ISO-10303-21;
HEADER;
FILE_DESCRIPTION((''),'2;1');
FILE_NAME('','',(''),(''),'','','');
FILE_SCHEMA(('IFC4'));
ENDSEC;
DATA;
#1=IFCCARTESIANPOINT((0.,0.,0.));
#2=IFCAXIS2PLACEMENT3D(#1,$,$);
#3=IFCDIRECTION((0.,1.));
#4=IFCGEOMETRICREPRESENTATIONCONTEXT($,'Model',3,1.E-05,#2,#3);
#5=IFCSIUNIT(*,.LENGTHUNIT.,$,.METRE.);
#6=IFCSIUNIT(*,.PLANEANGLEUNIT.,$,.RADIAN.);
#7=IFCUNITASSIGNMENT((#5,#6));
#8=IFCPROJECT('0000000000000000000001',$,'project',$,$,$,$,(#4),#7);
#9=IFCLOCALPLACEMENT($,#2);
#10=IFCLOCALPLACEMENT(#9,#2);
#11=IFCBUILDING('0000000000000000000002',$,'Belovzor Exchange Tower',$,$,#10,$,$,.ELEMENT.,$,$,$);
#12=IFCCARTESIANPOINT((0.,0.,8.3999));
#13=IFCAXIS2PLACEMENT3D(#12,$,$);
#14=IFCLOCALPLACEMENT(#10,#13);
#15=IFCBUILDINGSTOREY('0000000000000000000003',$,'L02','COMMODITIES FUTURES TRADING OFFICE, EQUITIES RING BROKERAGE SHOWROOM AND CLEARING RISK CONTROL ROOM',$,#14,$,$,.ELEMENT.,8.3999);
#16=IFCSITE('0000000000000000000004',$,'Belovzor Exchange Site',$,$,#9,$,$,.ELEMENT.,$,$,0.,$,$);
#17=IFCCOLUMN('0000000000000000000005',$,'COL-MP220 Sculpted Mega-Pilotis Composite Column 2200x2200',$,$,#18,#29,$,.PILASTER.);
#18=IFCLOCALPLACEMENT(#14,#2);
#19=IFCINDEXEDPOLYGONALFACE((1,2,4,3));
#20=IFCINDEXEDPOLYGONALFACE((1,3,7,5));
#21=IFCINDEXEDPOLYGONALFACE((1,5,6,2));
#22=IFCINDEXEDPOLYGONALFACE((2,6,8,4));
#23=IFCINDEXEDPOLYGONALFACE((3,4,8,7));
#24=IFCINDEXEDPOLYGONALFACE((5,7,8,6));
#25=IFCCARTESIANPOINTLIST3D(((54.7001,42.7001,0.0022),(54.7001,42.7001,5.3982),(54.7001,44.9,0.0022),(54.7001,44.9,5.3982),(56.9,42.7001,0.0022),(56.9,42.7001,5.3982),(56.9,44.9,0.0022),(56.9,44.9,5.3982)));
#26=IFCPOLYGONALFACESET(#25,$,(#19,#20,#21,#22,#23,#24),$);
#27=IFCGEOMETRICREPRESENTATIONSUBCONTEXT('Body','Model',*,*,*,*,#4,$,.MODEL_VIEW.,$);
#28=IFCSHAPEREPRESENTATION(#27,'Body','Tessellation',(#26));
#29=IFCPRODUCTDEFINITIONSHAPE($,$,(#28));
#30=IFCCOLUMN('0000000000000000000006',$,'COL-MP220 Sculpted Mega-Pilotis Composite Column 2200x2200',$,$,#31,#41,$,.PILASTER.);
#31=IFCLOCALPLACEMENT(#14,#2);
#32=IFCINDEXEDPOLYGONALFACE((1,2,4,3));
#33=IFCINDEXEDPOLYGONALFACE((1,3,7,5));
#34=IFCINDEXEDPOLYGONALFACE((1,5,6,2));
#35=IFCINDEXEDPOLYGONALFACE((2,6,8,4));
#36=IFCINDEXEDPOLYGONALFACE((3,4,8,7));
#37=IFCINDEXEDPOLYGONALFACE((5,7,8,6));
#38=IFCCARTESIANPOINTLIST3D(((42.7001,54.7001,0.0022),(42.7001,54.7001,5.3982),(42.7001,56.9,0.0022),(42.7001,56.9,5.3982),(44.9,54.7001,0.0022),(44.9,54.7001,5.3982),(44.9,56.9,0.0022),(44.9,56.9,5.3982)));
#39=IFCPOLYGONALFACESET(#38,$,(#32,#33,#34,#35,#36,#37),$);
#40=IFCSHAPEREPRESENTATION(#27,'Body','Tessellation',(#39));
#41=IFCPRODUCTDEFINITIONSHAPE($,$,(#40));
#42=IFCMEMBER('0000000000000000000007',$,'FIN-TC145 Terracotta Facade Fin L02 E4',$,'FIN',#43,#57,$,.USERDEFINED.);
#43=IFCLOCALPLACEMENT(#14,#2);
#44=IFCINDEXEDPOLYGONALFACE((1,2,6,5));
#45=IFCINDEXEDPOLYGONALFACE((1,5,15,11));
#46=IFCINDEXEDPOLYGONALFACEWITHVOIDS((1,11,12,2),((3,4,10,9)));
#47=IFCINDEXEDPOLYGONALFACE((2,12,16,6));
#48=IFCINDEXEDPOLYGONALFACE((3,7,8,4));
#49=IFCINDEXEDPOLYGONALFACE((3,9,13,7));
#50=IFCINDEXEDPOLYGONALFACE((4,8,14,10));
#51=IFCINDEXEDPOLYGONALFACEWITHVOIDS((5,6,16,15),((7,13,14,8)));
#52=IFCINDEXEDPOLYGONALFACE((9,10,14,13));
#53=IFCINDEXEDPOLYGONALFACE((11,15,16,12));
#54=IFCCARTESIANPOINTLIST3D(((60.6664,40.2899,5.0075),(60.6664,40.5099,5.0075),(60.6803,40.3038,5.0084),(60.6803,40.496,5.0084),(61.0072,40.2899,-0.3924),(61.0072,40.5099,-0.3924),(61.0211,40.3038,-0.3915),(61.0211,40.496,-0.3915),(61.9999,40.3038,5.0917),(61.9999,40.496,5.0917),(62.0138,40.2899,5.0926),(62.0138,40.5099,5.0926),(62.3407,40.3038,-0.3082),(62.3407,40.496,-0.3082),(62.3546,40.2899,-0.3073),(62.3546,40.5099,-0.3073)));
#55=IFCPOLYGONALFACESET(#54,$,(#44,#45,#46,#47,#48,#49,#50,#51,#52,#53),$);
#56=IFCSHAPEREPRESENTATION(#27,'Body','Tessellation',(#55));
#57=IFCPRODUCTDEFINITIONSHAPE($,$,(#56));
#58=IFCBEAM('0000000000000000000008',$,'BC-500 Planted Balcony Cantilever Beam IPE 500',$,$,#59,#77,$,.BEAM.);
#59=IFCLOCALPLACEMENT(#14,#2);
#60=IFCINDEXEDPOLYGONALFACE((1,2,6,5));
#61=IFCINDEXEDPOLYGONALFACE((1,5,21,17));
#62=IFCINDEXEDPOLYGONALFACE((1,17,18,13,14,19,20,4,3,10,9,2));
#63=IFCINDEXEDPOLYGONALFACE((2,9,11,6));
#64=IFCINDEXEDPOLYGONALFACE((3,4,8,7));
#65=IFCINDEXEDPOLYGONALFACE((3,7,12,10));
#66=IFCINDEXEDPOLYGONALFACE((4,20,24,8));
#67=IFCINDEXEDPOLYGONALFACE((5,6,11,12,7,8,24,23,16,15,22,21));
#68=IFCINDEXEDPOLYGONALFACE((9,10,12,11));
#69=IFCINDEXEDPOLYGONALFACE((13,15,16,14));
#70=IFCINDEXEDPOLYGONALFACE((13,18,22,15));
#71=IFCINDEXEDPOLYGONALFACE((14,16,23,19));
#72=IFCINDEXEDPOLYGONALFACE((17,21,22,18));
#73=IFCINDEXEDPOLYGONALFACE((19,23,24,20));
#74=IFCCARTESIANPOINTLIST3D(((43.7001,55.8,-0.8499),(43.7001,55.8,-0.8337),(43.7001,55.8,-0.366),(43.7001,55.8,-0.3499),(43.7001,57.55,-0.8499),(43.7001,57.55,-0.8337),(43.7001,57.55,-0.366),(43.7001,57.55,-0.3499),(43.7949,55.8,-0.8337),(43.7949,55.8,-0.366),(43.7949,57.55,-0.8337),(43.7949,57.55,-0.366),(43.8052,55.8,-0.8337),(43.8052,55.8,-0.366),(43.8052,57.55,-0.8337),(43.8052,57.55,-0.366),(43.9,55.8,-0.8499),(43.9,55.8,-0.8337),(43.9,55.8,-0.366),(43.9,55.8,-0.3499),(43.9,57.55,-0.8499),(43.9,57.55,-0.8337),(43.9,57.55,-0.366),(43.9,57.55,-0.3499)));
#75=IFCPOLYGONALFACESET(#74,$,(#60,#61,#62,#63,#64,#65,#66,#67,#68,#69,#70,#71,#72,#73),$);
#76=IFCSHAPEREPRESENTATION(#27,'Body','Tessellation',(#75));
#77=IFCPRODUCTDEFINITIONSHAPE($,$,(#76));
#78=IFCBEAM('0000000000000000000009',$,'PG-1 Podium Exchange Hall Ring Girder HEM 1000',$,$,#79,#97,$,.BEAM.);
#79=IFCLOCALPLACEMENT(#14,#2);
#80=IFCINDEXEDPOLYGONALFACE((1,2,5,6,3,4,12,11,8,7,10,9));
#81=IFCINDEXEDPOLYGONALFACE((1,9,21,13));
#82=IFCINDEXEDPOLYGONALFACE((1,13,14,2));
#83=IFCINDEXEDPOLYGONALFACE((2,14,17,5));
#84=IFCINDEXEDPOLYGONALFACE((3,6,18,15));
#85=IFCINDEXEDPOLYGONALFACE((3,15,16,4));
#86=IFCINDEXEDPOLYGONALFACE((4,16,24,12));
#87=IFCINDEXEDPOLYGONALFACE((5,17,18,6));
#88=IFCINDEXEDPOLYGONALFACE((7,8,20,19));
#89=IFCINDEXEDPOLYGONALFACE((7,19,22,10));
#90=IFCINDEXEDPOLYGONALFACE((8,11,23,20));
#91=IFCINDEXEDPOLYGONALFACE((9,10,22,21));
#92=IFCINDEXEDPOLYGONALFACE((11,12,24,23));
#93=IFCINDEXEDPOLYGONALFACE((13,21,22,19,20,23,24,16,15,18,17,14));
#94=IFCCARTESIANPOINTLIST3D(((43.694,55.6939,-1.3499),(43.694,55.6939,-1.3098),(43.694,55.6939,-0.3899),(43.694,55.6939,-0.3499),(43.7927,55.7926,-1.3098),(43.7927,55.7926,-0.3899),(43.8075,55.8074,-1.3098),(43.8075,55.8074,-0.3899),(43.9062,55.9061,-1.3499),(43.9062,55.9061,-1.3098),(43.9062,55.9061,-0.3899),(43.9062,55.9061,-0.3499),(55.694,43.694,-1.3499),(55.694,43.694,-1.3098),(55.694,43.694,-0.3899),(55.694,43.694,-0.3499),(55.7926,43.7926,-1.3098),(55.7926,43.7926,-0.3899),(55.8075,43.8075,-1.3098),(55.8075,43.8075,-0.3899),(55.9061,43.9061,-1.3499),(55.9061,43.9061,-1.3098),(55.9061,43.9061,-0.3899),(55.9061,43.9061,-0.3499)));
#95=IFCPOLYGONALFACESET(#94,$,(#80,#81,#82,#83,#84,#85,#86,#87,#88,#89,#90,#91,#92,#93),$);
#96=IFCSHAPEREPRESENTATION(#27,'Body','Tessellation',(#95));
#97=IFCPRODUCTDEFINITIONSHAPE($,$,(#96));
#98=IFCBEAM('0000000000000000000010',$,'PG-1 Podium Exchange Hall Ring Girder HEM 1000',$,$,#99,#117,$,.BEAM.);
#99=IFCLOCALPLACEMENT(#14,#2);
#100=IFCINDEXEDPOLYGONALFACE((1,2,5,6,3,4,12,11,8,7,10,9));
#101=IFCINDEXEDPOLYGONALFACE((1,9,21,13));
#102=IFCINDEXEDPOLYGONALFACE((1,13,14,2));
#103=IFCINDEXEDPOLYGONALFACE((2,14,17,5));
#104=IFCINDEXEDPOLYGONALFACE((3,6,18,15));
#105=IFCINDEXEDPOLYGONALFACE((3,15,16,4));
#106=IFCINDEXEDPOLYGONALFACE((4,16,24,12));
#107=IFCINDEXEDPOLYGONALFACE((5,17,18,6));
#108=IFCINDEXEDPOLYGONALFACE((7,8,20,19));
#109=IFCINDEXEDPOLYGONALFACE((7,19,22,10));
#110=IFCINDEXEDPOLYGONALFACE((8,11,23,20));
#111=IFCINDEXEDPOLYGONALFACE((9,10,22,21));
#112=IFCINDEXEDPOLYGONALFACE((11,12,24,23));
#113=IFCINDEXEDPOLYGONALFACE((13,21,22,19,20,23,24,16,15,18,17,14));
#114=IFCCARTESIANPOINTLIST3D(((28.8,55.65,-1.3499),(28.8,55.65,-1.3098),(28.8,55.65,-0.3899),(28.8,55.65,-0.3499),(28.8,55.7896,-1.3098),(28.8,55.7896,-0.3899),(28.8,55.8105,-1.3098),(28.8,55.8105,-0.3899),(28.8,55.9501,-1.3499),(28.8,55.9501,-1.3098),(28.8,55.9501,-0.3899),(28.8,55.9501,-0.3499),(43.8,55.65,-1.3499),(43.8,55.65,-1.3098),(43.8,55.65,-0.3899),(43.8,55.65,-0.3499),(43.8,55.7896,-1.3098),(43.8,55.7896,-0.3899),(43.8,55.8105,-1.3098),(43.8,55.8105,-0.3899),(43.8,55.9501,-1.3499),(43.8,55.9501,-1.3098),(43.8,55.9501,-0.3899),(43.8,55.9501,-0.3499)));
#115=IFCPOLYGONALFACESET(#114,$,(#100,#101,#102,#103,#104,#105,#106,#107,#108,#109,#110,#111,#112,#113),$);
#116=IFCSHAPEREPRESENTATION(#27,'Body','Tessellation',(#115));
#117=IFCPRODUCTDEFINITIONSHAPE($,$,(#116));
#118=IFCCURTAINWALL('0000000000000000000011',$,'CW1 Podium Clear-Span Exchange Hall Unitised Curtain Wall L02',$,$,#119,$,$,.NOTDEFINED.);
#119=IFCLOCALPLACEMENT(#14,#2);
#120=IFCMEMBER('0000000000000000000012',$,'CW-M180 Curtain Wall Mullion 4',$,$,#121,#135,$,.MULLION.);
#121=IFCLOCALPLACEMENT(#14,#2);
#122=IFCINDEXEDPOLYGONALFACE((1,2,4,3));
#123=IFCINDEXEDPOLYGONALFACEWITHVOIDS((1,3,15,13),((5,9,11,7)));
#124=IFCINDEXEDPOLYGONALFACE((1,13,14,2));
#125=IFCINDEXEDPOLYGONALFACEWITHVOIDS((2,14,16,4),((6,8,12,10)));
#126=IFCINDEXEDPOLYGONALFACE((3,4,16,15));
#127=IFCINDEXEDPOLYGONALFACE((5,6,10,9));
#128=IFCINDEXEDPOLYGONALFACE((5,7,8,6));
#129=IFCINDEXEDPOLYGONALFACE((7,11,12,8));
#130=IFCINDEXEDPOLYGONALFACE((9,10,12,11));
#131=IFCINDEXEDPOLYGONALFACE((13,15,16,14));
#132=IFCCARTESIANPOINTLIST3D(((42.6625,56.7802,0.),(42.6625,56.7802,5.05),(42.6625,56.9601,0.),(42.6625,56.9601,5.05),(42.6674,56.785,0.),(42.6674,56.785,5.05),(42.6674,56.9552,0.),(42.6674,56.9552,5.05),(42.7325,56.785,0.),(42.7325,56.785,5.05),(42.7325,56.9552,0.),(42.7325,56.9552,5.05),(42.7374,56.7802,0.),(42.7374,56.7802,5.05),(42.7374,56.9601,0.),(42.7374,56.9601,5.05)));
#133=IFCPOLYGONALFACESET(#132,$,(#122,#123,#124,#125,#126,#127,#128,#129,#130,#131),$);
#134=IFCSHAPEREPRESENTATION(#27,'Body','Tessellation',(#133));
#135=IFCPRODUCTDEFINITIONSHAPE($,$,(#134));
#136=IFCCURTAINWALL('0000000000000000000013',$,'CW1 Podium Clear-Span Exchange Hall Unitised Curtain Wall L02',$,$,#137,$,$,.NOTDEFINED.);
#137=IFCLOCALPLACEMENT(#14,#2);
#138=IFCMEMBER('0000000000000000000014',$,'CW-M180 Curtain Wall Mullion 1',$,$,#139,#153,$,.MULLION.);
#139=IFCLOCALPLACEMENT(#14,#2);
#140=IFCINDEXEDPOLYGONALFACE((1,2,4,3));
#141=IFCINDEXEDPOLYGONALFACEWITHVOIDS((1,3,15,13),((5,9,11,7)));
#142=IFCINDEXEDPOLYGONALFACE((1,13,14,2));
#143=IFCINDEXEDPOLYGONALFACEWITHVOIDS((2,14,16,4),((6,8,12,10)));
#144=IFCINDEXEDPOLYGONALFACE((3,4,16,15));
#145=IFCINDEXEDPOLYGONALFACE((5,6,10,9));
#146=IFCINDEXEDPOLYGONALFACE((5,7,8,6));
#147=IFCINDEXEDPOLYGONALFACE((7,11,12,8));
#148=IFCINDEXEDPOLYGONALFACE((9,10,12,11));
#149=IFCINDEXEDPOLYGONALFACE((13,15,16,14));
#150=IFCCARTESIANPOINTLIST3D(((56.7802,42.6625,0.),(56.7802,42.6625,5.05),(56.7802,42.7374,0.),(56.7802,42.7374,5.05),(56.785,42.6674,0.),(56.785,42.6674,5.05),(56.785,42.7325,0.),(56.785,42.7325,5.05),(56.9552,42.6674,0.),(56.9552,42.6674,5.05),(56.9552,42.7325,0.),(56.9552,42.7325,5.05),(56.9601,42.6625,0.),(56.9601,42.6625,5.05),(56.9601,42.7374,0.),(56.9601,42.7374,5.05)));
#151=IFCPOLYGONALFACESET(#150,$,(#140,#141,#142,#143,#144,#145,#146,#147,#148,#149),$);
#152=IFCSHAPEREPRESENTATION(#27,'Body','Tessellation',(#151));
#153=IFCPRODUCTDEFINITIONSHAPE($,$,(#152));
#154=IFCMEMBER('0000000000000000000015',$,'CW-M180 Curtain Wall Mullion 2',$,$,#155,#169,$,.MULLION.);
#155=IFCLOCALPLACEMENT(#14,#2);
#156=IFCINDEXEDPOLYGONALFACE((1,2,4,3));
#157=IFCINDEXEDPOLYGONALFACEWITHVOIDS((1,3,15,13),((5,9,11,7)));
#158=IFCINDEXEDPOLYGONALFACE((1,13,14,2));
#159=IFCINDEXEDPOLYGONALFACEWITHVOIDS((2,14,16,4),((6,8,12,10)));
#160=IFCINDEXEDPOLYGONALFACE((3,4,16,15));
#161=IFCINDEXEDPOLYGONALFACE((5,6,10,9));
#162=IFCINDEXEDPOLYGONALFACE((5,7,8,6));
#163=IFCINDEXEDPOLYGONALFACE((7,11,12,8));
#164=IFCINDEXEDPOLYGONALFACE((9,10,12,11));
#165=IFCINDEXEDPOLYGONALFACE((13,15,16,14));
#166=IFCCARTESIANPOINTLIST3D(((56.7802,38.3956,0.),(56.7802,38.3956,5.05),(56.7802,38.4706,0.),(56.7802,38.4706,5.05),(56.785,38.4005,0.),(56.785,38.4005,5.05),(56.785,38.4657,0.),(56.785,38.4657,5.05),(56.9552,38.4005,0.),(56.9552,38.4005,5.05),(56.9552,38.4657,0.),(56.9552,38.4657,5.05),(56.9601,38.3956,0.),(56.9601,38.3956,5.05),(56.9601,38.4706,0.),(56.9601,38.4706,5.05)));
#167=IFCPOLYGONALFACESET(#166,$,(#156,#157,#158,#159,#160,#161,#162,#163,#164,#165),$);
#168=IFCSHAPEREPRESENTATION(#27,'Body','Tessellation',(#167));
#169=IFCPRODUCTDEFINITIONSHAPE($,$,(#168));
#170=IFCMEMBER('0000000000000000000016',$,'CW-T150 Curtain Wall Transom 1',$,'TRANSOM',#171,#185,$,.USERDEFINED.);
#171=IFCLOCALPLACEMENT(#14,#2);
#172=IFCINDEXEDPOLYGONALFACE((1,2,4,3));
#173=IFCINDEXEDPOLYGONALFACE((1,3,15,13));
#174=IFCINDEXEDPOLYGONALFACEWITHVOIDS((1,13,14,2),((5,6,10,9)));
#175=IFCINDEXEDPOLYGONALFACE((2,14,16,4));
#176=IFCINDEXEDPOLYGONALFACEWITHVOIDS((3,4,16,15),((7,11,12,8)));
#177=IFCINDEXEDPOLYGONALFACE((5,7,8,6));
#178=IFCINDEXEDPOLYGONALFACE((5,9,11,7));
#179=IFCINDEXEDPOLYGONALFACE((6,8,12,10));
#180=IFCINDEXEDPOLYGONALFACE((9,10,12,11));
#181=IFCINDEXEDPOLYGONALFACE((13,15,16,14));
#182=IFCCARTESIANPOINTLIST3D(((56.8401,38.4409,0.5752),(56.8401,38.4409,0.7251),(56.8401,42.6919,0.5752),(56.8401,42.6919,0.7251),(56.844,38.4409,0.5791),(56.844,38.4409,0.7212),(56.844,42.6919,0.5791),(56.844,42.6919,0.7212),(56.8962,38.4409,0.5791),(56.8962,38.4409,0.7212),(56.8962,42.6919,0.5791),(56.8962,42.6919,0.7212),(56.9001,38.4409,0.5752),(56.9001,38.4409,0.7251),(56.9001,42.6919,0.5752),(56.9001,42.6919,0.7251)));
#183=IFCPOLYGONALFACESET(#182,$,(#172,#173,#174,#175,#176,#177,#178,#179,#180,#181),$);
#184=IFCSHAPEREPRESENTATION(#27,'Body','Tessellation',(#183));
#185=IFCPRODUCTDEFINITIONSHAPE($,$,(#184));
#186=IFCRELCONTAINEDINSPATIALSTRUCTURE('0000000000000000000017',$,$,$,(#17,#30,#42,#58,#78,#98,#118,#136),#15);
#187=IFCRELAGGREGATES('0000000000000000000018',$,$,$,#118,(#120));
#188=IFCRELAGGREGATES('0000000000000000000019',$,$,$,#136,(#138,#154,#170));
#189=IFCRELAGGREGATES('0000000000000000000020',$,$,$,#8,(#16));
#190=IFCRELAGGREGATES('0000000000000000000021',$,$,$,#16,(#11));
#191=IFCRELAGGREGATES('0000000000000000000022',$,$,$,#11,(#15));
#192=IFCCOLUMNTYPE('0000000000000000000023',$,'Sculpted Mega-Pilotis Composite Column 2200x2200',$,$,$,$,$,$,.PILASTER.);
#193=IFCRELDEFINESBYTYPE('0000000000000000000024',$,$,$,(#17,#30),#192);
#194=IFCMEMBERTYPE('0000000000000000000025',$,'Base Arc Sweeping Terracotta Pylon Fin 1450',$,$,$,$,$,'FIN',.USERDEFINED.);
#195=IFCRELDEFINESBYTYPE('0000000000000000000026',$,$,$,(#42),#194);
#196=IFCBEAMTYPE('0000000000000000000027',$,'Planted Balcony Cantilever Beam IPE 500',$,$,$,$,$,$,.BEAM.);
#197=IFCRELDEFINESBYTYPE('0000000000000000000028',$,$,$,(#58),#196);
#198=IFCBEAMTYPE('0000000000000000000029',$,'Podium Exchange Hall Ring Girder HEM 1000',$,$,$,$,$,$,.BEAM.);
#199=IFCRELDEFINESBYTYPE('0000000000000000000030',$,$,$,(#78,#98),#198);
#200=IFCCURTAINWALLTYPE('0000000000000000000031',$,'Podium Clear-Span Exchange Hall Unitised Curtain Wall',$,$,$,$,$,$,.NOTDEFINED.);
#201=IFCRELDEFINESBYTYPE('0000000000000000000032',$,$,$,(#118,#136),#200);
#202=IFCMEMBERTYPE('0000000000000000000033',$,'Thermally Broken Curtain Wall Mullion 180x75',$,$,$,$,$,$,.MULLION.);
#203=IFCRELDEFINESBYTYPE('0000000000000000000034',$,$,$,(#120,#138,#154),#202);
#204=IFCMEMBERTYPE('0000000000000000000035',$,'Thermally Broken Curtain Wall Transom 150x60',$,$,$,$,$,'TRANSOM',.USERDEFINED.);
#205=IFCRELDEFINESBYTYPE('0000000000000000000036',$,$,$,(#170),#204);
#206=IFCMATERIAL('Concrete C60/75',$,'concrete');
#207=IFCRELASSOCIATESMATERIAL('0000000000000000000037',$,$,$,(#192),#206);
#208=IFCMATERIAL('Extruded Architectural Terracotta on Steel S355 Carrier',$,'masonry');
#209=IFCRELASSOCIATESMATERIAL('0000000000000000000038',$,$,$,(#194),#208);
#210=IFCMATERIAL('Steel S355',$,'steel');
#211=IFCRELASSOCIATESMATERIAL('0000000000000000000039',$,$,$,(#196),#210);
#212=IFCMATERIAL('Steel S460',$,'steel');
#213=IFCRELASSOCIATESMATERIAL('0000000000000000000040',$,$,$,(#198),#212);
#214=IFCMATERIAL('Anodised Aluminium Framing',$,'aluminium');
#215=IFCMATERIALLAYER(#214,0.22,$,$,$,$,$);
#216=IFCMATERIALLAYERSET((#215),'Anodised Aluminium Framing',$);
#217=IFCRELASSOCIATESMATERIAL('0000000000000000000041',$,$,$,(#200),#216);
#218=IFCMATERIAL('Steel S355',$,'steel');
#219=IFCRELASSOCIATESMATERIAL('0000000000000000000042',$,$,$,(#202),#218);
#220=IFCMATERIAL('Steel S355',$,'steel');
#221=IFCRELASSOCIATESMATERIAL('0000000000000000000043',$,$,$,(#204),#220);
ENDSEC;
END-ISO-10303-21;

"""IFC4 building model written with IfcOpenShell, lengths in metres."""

from ifc_helpers import new_model, si_unit, direction, frame, origin, origin_2d, place, context, subcontext, project, spatial, rectangle, hollow_rectangle, i_section, extrude, material, layer, layer_set, material_profile, profile_set, type_object, element, aggregate, save


model = new_model("IFC4")

# Units and contexts
model_context = context("Model", 3, precision=1e-05, world=origin(), true_north=direction((0.0, 1.0)))
body_context = subcontext(model_context, "Body", "Model", "MODEL_VIEW")
ifc_project = project(units=[si_unit("LENGTHUNIT", "METRE"), si_unit("PLANEANGLEUNIT", "RADIAN")], contexts=[model_context])

# Site, building, storey
site_placement = place(None, origin())
site = spatial("IfcSite", under=ifc_project, at=site_placement, Name="Belovzor Exchange Site", CompositionType="ELEMENT", RefElevation=0.0)
building_placement = place(site_placement, origin())
building = spatial("IfcBuilding", under=site, at=building_placement, Name="Belovzor Exchange Tower", CompositionType="ELEMENT")
storey_placement = place(building_placement, frame((0.0, 0.0, 8.3999)))
storey = spatial("IfcBuildingStorey", under=building, at=storey_placement, Name="L02", Description="COMMODITIES FUTURES TRADING OFFICE, EQUITIES RING BROKERAGE SHOWROOM AND CLEARING RISK CONTROL ROOM", CompositionType="ELEMENT", Elevation=8.3999)

# Columns
ifc_material_1 = material(Name="Concrete C60/75", Category="concrete")
ifc_material_profile_1 = material_profile(ifc_material_1, rectangle(XDim=2.2, YDim=2.2, at=origin_2d()))
ifc_profile_set_1 = profile_set([ifc_material_profile_1], Name="Concrete C60/75")
column_type = type_object("IfcColumnType", Name="Sculpted Mega-Pilotis Composite Column 2200x2200", PredefinedType="PILASTER", material=ifc_profile_set_1)
for number, where, z_axis, x_axis, name in (
    (1, (55.8, 43.8, 0.0022), (0.0, 0.0, 1.0), (1.0, 0.0, 0.0), "COL-MP220 Sculpted Mega-Pilotis Composite Column 2200x2200"),
    (2, (43.8, 55.8, 0.0022), (0.0, 0.0, 1.0), (1.0, 0.0, 0.0), "COL-MP220 Sculpted Mega-Pilotis Composite Column 2200x2200"),
):
    element("IfcColumn", number, at=place(storey_placement, frame(where, z_axis=z_axis, x_axis=x_axis)), inside=storey, type_object=column_type, Name=name, PredefinedType="PILASTER", context=body_context, shape_type="SweptSolid", body=[
        extrude(rectangle(XDim=2.2, YDim=2.2, at=origin_2d()), origin(), (0.0, 0.0, 1.0), 5.396),
    ])

# Member
ifc_material_2 = material(Name="Extruded Architectural Terracotta on Steel S355 Carrier", Category="masonry")
ifc_material_profile_2 = material_profile(ifc_material_2, hollow_rectangle(XDim=0.22, YDim=1.3501, WallThickness=0.0139, at=origin_2d()))
ifc_profile_set_2 = profile_set([ifc_material_profile_2], Name="Extruded Architectural Terracotta on Steel S355 Carrier")
member_type_1 = type_object("IfcMemberType", Name="Base Arc Sweeping Terracotta Pylon Fin 1450", ElementType="FIN", PredefinedType="USERDEFINED", material=ifc_profile_set_2)
member_1_placement = place(storey_placement, frame((61.6809, 40.3999, -0.3499), z_axis=(-0.062991, 0.0, 0.998014), x_axis=(0.0, -1.0, 0.0)))
element("IfcMember", 3, at=member_1_placement, inside=storey, type_object=member_type_1, Name="FIN-TC145 Terracotta Facade Fin L02 E4", ObjectType="FIN", PredefinedType="USERDEFINED", context=body_context, shape_type="SweptSolid", body=[
    extrude(hollow_rectangle(XDim=0.22, YDim=1.3501, WallThickness=0.0139, at=origin_2d()), origin(), (0.0, 0.0, 1.0), 5.4106),
])

# Beams
ifc_material_3 = material(Name="Steel S355", Category="steel")
ifc_material_profile_3 = material_profile(ifc_material_3, i_section(OverallWidth=0.2, OverallDepth=0.5, WebThickness=0.0103, FlangeThickness=0.0161, at=origin_2d()))
ifc_profile_set_3 = profile_set([ifc_material_profile_3], Name="Steel S355")
beam_type_1 = type_object("IfcBeamType", Name="Planted Balcony Cantilever Beam IPE 500", PredefinedType="BEAM", material=ifc_profile_set_3)
beam_1_placement = place(storey_placement, frame((43.8, 55.8, -0.5999), z_axis=(0.0, 1.0, 0.0), x_axis=(-1.0, 0.0, 0.0)))
element("IfcBeam", 4, at=beam_1_placement, inside=storey, type_object=beam_type_1, Name="BC-500 Planted Balcony Cantilever Beam IPE 500", PredefinedType="BEAM", context=body_context, shape_type="SweptSolid", body=[
    extrude(i_section(OverallWidth=0.2, OverallDepth=0.5, WebThickness=0.0103, FlangeThickness=0.0161, at=origin_2d()), origin(), (0.0, 0.0, 1.0), 1.75),
])
ifc_material_4 = material(Name="Steel S460", Category="steel")
ifc_material_profile_4 = material_profile(ifc_material_4, i_section(OverallWidth=0.3, OverallDepth=1.0, WebThickness=0.021, FlangeThickness=0.04, at=origin_2d()))
ifc_profile_set_4 = profile_set([ifc_material_profile_4], Name="Steel S460")
beam_type_2 = type_object("IfcBeamType", Name="Podium Exchange Hall Ring Girder HEM 1000", PredefinedType="BEAM", material=ifc_profile_set_4)
beam_2_placement = place(storey_placement, frame((55.8, 43.8, -0.8499), z_axis=(-0.707107, 0.707107, 0.0), x_axis=(-0.707107, -0.707107, 0.0)))
element("IfcBeam", 5, at=beam_2_placement, inside=storey, type_object=beam_type_2, Name="PG-1 Podium Exchange Hall Ring Girder HEM 1000", PredefinedType="BEAM", context=body_context, shape_type="SweptSolid", body=[
    extrude(i_section(OverallWidth=0.3, OverallDepth=1.0, WebThickness=0.021, FlangeThickness=0.04, at=origin_2d()), origin(), (0.0, 0.0, 1.0), 16.9705),
])
beam_3_placement = place(storey_placement, frame((43.8, 55.8, -0.8499), z_axis=(-1.0, 0.0, 0.0), x_axis=(0.0, -1.0, 0.0)))
element("IfcBeam", 6, at=beam_3_placement, inside=storey, type_object=beam_type_2, Name="PG-1 Podium Exchange Hall Ring Girder HEM 1000", PredefinedType="BEAM", context=body_context, shape_type="SweptSolid", body=[
    extrude(i_section(OverallWidth=0.3, OverallDepth=1.0, WebThickness=0.021, FlangeThickness=0.04, at=origin_2d()), origin(), (0.0, 0.0, 1.0), 15.0),
])

# Curtain wall, member
ifc_material_5 = material(Name="Anodised Aluminium Framing", Category="aluminium")
ifc_layer_1 = layer(ifc_material_5, 0.22)
ifc_layer_set_1 = layer_set([ifc_layer_1], Name="Anodised Aluminium Framing")
curtain_wall_type = type_object("IfcCurtainWallType", Name="Podium Clear-Span Exchange Hall Unitised Curtain Wall", PredefinedType="NOTDEFINED", material=ifc_layer_set_1)
curtain_wall_1_placement = place(storey_placement, origin())
curtain_wall_1 = element("IfcCurtainWall", 7, at=curtain_wall_1_placement, inside=storey, type_object=curtain_wall_type, Name="CW1 Podium Clear-Span Exchange Hall Unitised Curtain Wall L02", PredefinedType="NOTDEFINED")
ifc_material_6 = material(Name="Steel S355", Category="steel")
ifc_material_profile_5 = material_profile(ifc_material_6, hollow_rectangle(XDim=0.075, YDim=0.1799, WallThickness=0.0049, at=origin_2d()))
ifc_profile_set_5 = profile_set([ifc_material_profile_5], Name="Steel S355")
member_type_2 = type_object("IfcMemberType", Name="Thermally Broken Curtain Wall Mullion 180x75", PredefinedType="MULLION", material=ifc_profile_set_5)
member_2_placement = place(storey_placement, frame((42.7, 56.8701, 0.0), z_axis=(0.0, 0.0, 1.0), x_axis=(1.0, 0.0, 0.0)))
member_2 = element("IfcMember", 8, at=member_2_placement, type_object=member_type_2, Name="CW-M180 Curtain Wall Mullion 4", PredefinedType="MULLION", context=body_context, shape_type="SweptSolid", body=[
    extrude(hollow_rectangle(XDim=0.075, YDim=0.1799, WallThickness=0.0049, at=origin_2d()), origin(), (0.0, 0.0, 1.0), 5.05),
])

# Curtain wall, members
curtain_wall_2_placement = place(storey_placement, origin())
curtain_wall_2 = element("IfcCurtainWall", 9, at=curtain_wall_2_placement, inside=storey, type_object=curtain_wall_type, Name="CW1 Podium Clear-Span Exchange Hall Unitised Curtain Wall L02", PredefinedType="NOTDEFINED")
member_3_placement = place(storey_placement, frame((56.8701, 42.7, 0.0), z_axis=(0.0, 0.0, 1.0), x_axis=(0.0, -1.0, 0.0)))
member_3 = element("IfcMember", 10, at=member_3_placement, type_object=member_type_2, Name="CW-M180 Curtain Wall Mullion 1", PredefinedType="MULLION", context=body_context, shape_type="SweptSolid", body=[
    extrude(hollow_rectangle(XDim=0.075, YDim=0.1799, WallThickness=0.0049, at=origin_2d()), origin(), (0.0, 0.0, 1.0), 5.05),
])
member_4_placement = place(storey_placement, frame((56.8701, 38.4331, 0.0), z_axis=(0.0, 0.0, 1.0), x_axis=(0.0, -1.0, 0.0)))
member_4 = element("IfcMember", 11, at=member_4_placement, type_object=member_type_2, Name="CW-M180 Curtain Wall Mullion 2", PredefinedType="MULLION", context=body_context, shape_type="SweptSolid", body=[
    extrude(hollow_rectangle(XDim=0.075, YDim=0.1799, WallThickness=0.0049, at=origin_2d()), origin(), (0.0, 0.0, 1.0), 5.05),
])
ifc_material_7 = material(Name="Steel S355", Category="steel")
ifc_material_profile_6 = material_profile(ifc_material_7, hollow_rectangle(XDim=0.0601, YDim=0.1499, WallThickness=0.0039, at=origin_2d()))
ifc_profile_set_6 = profile_set([ifc_material_profile_6], Name="Steel S355")
member_type_3 = type_object("IfcMemberType", Name="Thermally Broken Curtain Wall Transom 150x60", ElementType="TRANSOM", PredefinedType="USERDEFINED", material=ifc_profile_set_6)
member_5_placement = place(storey_placement, frame((56.8701, 42.6919, 0.6501), z_axis=(0.0, -1.0, 0.0), x_axis=(1.0, 0.0, 0.0)))
member_5 = element("IfcMember", 12, at=member_5_placement, type_object=member_type_3, Name="CW-T150 Curtain Wall Transom 1", ObjectType="TRANSOM", PredefinedType="USERDEFINED", context=body_context, shape_type="SweptSolid", body=[
    extrude(hollow_rectangle(XDim=0.0601, YDim=0.1499, WallThickness=0.0039, at=origin_2d()), origin(), (0.0, 0.0, 1.0), 4.251),
])

aggregate(curtain_wall_1, [member_2])
aggregate(curtain_wall_2, [member_3, member_4, member_5])

save(model, "model.ifc")
